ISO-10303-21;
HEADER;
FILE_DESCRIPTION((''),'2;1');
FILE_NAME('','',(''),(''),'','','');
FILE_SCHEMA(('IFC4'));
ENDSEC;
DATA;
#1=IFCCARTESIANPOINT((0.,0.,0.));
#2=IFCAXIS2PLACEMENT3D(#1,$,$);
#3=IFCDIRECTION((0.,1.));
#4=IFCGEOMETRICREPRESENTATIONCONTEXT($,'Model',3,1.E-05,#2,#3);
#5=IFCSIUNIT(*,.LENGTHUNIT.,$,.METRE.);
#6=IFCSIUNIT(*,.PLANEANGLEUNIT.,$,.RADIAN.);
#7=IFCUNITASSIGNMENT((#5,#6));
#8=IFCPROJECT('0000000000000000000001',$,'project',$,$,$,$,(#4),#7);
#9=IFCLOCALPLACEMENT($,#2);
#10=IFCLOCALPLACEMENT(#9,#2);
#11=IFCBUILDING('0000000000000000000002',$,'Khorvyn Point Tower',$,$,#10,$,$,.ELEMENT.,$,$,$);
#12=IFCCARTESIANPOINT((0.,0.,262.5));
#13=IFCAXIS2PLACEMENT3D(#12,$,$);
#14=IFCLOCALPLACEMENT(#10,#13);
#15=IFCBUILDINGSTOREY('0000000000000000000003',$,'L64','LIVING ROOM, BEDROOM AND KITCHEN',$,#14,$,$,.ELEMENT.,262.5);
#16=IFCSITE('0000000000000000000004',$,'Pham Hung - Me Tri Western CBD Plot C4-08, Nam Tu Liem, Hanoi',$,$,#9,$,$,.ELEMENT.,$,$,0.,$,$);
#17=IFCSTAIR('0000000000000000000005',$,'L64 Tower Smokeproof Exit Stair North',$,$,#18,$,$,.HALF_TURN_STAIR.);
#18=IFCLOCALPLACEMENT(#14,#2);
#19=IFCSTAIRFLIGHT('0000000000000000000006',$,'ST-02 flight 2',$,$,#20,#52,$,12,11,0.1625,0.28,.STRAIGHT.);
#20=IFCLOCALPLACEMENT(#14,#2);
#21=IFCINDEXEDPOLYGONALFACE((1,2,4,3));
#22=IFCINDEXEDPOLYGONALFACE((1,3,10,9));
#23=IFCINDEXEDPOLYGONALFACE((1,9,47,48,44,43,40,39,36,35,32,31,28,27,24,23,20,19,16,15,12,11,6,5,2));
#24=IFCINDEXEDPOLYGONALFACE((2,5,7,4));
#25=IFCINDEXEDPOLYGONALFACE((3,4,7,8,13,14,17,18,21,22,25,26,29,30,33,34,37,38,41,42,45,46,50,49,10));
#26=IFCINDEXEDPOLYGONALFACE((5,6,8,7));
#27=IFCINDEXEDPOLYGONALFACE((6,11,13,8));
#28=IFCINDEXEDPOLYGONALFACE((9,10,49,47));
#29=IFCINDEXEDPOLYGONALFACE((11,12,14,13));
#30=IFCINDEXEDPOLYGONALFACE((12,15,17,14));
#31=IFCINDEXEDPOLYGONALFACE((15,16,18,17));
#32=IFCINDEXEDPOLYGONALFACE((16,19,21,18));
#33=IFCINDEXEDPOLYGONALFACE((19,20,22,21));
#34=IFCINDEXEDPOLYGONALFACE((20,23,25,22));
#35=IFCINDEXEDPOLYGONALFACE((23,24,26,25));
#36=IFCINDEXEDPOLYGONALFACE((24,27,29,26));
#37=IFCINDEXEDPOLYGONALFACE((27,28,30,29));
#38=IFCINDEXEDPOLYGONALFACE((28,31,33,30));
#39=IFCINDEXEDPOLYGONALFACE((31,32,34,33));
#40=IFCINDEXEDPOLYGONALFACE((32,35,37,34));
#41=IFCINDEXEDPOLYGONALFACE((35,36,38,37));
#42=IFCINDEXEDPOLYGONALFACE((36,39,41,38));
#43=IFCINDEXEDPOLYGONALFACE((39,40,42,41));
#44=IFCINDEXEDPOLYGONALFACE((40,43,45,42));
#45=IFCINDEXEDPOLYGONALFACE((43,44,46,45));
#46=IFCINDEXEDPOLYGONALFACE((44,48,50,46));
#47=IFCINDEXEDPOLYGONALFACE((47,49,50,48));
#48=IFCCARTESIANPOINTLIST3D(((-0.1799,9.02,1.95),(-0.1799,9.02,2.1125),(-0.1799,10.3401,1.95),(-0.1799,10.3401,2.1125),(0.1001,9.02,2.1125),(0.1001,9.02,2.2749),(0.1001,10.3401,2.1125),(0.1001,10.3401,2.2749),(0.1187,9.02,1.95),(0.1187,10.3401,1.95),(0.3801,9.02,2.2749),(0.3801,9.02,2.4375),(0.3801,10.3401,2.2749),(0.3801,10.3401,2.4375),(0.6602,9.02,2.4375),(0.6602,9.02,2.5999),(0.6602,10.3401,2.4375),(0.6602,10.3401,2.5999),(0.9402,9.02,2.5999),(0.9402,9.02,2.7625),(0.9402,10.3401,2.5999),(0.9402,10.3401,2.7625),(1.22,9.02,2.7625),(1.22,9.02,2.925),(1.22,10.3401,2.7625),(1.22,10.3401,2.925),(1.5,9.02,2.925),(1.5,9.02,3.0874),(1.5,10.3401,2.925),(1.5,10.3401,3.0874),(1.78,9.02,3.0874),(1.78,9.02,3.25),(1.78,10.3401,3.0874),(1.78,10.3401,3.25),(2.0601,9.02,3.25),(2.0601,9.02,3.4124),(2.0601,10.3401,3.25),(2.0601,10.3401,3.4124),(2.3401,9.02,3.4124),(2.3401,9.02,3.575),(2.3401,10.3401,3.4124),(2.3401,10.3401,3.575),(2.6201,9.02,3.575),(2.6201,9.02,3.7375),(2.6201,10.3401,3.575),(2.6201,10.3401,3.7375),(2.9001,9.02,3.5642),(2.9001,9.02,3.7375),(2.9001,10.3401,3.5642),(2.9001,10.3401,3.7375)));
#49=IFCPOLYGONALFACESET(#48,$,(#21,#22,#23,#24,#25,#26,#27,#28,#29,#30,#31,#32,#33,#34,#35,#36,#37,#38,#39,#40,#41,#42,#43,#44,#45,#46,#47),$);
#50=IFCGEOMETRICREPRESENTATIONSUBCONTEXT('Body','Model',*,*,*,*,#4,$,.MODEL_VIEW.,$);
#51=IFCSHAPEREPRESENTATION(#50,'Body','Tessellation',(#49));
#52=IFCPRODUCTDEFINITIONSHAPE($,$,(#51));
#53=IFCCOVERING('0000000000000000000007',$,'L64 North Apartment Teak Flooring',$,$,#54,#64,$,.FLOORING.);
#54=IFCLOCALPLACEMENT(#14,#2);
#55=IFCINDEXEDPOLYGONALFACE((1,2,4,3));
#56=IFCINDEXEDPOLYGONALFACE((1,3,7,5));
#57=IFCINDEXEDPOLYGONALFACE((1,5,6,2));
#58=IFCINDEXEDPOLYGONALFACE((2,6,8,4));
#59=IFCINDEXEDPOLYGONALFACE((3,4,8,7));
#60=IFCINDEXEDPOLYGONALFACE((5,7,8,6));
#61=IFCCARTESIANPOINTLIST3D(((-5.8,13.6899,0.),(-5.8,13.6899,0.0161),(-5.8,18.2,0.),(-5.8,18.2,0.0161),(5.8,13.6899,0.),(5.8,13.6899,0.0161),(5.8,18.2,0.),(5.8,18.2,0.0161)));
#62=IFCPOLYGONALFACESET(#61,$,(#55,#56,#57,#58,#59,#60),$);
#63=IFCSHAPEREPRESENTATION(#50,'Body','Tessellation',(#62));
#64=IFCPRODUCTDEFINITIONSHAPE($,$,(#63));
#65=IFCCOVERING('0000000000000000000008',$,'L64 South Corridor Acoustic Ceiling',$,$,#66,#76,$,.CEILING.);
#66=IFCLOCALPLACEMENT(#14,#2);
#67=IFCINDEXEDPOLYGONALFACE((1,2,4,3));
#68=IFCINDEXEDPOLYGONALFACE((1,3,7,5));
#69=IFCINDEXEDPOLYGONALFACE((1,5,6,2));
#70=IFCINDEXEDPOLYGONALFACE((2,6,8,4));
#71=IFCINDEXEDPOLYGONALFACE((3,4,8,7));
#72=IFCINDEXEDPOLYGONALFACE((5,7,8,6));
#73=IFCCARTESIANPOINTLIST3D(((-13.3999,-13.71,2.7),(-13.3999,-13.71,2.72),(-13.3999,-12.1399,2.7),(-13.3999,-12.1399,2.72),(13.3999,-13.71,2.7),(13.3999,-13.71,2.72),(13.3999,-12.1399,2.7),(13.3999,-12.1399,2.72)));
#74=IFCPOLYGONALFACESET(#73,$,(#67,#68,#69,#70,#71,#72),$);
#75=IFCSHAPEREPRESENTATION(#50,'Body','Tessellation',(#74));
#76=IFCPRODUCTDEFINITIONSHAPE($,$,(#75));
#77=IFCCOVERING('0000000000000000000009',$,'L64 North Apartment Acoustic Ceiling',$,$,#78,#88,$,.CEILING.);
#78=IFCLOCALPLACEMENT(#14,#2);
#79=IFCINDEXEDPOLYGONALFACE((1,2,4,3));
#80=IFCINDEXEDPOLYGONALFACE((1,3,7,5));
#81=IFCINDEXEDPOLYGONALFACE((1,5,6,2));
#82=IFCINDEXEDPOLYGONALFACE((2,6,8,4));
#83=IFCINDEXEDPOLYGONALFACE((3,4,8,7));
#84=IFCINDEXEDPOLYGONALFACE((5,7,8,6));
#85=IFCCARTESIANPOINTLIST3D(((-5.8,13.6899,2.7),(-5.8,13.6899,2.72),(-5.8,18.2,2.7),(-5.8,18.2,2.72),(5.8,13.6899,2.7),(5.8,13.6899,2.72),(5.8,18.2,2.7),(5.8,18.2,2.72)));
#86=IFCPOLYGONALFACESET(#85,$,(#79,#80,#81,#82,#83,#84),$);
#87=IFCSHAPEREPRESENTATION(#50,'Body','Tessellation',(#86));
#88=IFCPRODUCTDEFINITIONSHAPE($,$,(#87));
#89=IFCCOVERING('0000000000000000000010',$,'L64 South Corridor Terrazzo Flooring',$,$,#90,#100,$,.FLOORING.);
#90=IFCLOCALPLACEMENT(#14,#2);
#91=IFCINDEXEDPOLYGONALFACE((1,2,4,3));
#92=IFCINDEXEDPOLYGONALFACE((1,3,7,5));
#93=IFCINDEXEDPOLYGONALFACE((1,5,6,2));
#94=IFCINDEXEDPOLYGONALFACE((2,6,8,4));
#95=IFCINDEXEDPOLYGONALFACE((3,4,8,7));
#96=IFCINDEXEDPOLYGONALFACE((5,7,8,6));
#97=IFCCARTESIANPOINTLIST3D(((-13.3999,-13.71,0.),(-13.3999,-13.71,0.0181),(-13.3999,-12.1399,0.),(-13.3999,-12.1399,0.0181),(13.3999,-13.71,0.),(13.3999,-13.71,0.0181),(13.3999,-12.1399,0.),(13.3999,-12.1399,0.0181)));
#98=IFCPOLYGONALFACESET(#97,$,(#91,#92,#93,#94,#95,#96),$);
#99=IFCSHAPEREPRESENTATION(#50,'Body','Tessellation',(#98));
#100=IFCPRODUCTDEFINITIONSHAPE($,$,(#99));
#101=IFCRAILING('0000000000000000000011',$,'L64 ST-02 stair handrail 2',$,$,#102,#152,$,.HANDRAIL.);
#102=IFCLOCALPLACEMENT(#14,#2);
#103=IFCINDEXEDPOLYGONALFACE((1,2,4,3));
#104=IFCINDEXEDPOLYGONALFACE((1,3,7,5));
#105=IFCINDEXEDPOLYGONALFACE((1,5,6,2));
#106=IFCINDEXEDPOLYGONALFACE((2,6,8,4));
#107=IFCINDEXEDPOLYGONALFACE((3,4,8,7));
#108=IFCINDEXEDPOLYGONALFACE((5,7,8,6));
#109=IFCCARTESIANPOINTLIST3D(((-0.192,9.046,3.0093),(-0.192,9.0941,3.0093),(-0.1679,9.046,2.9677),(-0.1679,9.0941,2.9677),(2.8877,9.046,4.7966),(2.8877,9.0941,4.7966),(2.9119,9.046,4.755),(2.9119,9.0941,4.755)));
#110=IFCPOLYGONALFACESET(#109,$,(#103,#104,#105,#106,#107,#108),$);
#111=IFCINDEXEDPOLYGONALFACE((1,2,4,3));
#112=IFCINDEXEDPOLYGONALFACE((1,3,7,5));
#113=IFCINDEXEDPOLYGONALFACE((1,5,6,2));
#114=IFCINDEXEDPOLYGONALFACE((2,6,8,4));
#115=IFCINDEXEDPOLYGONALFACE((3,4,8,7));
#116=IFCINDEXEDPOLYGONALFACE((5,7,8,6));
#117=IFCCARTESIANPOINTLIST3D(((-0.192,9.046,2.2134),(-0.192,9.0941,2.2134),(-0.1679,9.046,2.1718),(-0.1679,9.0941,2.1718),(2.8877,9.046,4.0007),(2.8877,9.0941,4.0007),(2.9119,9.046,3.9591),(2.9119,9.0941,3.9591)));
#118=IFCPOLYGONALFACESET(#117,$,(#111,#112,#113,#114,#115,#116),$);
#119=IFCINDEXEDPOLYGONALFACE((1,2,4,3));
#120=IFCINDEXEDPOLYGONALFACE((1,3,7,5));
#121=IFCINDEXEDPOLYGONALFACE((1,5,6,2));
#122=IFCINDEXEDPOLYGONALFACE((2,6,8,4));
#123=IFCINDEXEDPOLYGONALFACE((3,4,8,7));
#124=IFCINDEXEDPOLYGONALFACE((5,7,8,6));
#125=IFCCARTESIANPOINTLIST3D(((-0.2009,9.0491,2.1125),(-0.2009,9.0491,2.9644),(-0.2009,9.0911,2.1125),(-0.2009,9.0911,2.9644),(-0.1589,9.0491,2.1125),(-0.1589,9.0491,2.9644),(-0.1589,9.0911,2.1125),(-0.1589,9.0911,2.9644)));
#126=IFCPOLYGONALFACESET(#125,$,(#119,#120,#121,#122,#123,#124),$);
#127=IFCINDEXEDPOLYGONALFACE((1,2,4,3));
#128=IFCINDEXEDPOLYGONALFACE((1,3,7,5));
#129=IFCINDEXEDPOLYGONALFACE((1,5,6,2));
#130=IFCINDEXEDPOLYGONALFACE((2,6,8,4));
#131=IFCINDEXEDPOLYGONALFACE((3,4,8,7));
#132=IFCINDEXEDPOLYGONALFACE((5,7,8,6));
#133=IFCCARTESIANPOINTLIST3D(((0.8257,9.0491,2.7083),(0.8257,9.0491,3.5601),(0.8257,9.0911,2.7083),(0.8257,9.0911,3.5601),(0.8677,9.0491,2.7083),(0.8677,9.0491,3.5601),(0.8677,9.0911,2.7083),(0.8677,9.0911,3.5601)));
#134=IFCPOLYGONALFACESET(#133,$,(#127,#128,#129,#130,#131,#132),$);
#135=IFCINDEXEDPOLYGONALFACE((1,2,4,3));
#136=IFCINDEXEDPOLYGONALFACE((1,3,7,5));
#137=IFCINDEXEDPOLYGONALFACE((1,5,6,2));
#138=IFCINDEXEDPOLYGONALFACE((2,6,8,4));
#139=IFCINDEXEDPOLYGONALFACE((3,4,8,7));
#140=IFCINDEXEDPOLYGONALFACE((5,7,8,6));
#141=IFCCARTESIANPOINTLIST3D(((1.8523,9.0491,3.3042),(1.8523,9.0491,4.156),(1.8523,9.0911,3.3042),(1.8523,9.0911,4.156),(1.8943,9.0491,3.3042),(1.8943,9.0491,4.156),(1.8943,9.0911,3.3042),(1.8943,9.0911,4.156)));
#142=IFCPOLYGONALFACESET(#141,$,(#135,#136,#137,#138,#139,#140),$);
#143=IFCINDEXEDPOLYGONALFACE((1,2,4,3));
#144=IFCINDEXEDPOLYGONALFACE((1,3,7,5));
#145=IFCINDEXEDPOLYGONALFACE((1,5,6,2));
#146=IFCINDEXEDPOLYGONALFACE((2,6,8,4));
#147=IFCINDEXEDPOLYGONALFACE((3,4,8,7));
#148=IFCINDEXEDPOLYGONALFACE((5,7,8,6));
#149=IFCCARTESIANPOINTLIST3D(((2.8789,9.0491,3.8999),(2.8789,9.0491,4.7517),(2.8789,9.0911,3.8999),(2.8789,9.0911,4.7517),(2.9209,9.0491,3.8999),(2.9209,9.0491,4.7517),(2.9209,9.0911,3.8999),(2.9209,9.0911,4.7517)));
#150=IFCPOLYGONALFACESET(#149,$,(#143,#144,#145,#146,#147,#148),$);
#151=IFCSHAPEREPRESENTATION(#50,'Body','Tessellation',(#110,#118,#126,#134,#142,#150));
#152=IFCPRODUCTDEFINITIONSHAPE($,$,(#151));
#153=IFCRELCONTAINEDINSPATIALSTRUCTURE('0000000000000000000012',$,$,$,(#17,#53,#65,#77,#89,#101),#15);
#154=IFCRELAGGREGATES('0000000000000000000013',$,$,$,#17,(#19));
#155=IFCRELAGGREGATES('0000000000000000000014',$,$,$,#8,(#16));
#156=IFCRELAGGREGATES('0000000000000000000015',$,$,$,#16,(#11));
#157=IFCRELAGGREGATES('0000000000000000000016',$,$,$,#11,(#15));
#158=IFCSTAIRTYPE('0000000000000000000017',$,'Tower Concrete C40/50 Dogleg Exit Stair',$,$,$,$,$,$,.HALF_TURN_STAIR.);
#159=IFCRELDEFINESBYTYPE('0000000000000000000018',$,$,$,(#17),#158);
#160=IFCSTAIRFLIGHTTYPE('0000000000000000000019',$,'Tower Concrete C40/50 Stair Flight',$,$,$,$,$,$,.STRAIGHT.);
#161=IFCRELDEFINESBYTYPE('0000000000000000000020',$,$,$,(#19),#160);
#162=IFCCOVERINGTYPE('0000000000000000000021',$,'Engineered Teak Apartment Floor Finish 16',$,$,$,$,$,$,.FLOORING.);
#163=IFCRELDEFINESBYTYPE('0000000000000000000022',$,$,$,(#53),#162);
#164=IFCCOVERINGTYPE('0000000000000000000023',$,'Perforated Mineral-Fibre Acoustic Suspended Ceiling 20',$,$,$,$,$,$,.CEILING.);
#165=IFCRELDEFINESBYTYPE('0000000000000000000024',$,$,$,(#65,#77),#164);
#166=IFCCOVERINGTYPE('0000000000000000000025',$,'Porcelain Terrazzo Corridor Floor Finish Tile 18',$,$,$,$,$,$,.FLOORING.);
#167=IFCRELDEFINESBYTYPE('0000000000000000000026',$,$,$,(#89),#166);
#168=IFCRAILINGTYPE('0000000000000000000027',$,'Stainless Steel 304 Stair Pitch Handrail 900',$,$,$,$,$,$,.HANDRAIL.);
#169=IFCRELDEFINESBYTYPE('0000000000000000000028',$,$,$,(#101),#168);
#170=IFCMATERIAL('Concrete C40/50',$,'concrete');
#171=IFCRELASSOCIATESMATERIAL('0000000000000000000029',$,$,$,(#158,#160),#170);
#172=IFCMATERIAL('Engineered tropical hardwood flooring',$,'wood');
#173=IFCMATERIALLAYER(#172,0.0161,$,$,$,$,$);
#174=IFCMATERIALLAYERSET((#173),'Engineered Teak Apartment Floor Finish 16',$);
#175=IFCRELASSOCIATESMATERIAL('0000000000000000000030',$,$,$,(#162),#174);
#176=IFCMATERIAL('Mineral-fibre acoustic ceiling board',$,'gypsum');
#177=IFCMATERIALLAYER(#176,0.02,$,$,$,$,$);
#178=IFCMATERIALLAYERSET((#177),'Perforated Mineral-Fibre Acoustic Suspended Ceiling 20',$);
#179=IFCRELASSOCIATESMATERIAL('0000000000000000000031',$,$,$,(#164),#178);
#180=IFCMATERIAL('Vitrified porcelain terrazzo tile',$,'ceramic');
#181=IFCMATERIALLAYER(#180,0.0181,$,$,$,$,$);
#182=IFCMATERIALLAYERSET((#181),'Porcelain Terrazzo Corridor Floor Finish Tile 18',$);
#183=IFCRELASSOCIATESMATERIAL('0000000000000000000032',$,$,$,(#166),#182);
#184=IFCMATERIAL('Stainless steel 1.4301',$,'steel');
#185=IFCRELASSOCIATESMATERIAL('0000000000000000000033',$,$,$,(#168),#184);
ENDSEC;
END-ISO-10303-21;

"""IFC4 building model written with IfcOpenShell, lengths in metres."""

from ifc_helpers import new_model, si_unit, direction, frame, origin, origin_2d, place, context, subcontext, project, spatial, polyline, rectangle, outline, extrude, material, layer, layer_set, type_object, element, aggregate, save


model = new_model("IFC4")

# Units and contexts
model_context = context("Model", 3, precision=1e-05, world=origin(), true_north=direction((0.0, 1.0)))
body_context = subcontext(model_context, "Body", "Model", "MODEL_VIEW")
ifc_project = project(units=[si_unit("LENGTHUNIT", "METRE"), si_unit("PLANEANGLEUNIT", "RADIAN")], contexts=[model_context])

# Site, building, storey
site_placement = place(None, origin())
site = spatial("IfcSite", under=ifc_project, at=site_placement, Name="Pham Hung - Me Tri Western CBD Plot C4-08, Nam Tu Liem, Hanoi", CompositionType="ELEMENT", RefElevation=0.0)
building_placement = place(site_placement, origin())
building = spatial("IfcBuilding", under=site, at=building_placement, Name="Khorvyn Point Tower", CompositionType="ELEMENT")
storey_placement = place(building_placement, frame((0.0, 0.0, 262.5)))
storey = spatial("IfcBuildingStorey", under=building, at=storey_placement, Name="L64", Description="LIVING ROOM, BEDROOM AND KITCHEN", CompositionType="ELEMENT", Elevation=262.5)

# Shared definitions
ifc_material_1 = material(Name="Concrete C40/50", Category="concrete")

# Stair
stair_type = type_object("IfcStairType", Name="Tower Concrete C40/50 Dogleg Exit Stair", PredefinedType="HALF_TURN_STAIR", material=ifc_material_1)
stair_1_placement = place(storey_placement, origin())
stair_1 = element("IfcStair", 1, at=stair_1_placement, inside=storey, type_object=stair_type, Name="L64 Tower Smokeproof Exit Stair North", PredefinedType="HALF_TURN_STAIR")

# Shared definitions
ifc_material_2 = material(Name="Stainless steel 1.4301", Category="steel")

# Stair flight
stair_flight_type = type_object("IfcStairFlightType", Name="Tower Concrete C40/50 Stair Flight", PredefinedType="STRAIGHT", material=ifc_material_1)
stair_flight_placement = place(storey_placement, frame((-0.1799, 9.6799, 1.95), z_axis=(0.0, 0.0, 1.0), x_axis=(1.0, 0.0, 0.0)))
stair_flight = element("IfcStairFlight", 2, at=stair_flight_placement, type_object=stair_flight_type, Name="ST-02 flight 2", NumberOfRisers=12, NumberOfTreads=11, PredefinedType="STRAIGHT", RiserHeight=0.1625, TreadLength=0.28, context=body_context, shape_type="SweptSolid", body=[
    extrude(outline(polyline([(0.0, 0.0), (0.0, 0.1626), (0.28, 0.1626), (0.28, 0.325), (0.5601, 0.325), (0.5601, 0.4875), (0.8401, 0.4875), (0.8401, 0.6499), (1.1201, 0.6499), (1.1201, 0.8125), (1.3999, 0.8125), (1.3999, 0.9751), (1.6799, 0.9751), (1.6799, 1.1375), (1.96, 1.1375), (1.96, 1.3), (2.24, 1.3), (2.24, 1.4624), (2.52, 1.4624), (2.52, 1.625), (2.8, 1.625), (2.8, 1.7876), (3.0801, 1.7876), (3.0801, 1.95), (3.0801, 1.6143), (0.2986, 0.0), (0.0, 0.0)])), frame((0.0, 0.6602, 0.0), z_axis=(0.0, -1.0, 0.0), x_axis=(1.0, 0.0, 0.0)), (0.0, 0.0, 1.0), 1.3201),
])
aggregate(stair_1, [stair_flight])

# Coverings
ifc_material_3 = material(Name="Engineered tropical hardwood flooring", Category="wood")
ifc_layer_1 = layer(ifc_material_3, 0.0161)
ifc_layer_set_1 = layer_set([ifc_layer_1], Name="Engineered Teak Apartment Floor Finish 16")
covering_type_1 = type_object("IfcCoveringType", Name="Engineered Teak Apartment Floor Finish 16", PredefinedType="FLOORING", material=ifc_layer_set_1)
covering_1_placement = place(storey_placement, origin())
element("IfcCovering", 3, at=covering_1_placement, inside=storey, type_object=covering_type_1, Name="L64 North Apartment Teak Flooring", PredefinedType="FLOORING", context=body_context, shape_type="SweptSolid", body=[
    extrude(outline(polyline([(-5.8, 13.6899), (5.8, 13.6899), (5.8, 18.2), (-5.8, 18.2), (-5.8, 13.6899)])), origin(), (0.0, 0.0, 1.0), 0.0161),
])
ifc_material_4 = material(Name="Mineral-fibre acoustic ceiling board", Category="gypsum")
ifc_layer_2 = layer(ifc_material_4, 0.02)
ifc_layer_set_2 = layer_set([ifc_layer_2], Name="Perforated Mineral-Fibre Acoustic Suspended Ceiling 20")
covering_type_2 = type_object("IfcCoveringType", Name="Perforated Mineral-Fibre Acoustic Suspended Ceiling 20", PredefinedType="CEILING", material=ifc_layer_set_2)
covering_2_placement = place(storey_placement, frame((0.0, 0.0, 2.7)))
element("IfcCovering", 4, at=covering_2_placement, inside=storey, type_object=covering_type_2, Name="L64 South Corridor Acoustic Ceiling", PredefinedType="CEILING", context=body_context, shape_type="SweptSolid", body=[
    extrude(outline(polyline([(-13.3999, -13.71), (13.3999, -13.71), (13.3999, -12.1399), (-13.3999, -12.1399), (-13.3999, -13.71)])), origin(), (0.0, 0.0, 1.0), 0.02),
])
covering_3_placement = place(storey_placement, frame((0.0, 0.0, 2.7)))
element("IfcCovering", 5, at=covering_3_placement, inside=storey, type_object=covering_type_2, Name="L64 North Apartment Acoustic Ceiling", PredefinedType="CEILING", context=body_context, shape_type="SweptSolid", body=[
    extrude(outline(polyline([(-5.8, 13.6899), (5.8, 13.6899), (5.8, 18.2), (-5.8, 18.2), (-5.8, 13.6899)])), origin(), (0.0, 0.0, 1.0), 0.02),
])
ifc_material_5 = material(Name="Vitrified porcelain terrazzo tile", Category="ceramic")
ifc_layer_3 = layer(ifc_material_5, 0.0181)
ifc_layer_set_3 = layer_set([ifc_layer_3], Name="Porcelain Terrazzo Corridor Floor Finish Tile 18")
covering_type_3 = type_object("IfcCoveringType", Name="Porcelain Terrazzo Corridor Floor Finish Tile 18", PredefinedType="FLOORING", material=ifc_layer_set_3)
covering_4_placement = place(storey_placement, origin())
element("IfcCovering", 6, at=covering_4_placement, inside=storey, type_object=covering_type_3, Name="L64 South Corridor Terrazzo Flooring", PredefinedType="FLOORING", context=body_context, shape_type="SweptSolid", body=[
    extrude(outline(polyline([(-13.3999, -13.71), (13.3999, -13.71), (13.3999, -12.1399), (-13.3999, -12.1399), (-13.3999, -13.71)])), origin(), (0.0, 0.0, 1.0), 0.0181),
])

# Railing
railing_type = type_object("IfcRailingType", Name="Stainless Steel 304 Stair Pitch Handrail 900", PredefinedType="HANDRAIL", material=ifc_material_2)
railing_placement = place(storey_placement, frame((-0.1799, 9.0701, 2.1125)))
element("IfcRailing", 7, at=railing_placement, inside=storey, type_object=railing_type, Name="L64 ST-02 stair handrail 2", PredefinedType="HANDRAIL", context=body_context, shape_type="SweptSolid", body=[
    extrude(rectangle(XDim=0.0481, YDim=0.0481, at=origin_2d()), frame((0.0, 0.0, 0.876), z_axis=(0.864903, 0.0, 0.501939), x_axis=(0.0, 1.0, 0.0)), (0.0, 0.0, 1.0), 3.5608),
    extrude(rectangle(XDim=0.0481, YDim=0.0481, at=origin_2d()), frame((0.0, 0.0, 0.0801), z_axis=(0.864903, 0.0, 0.501939), x_axis=(0.0, 1.0, 0.0)), (0.0, 0.0, 1.0), 3.5608),
    extrude(rectangle(XDim=0.042, YDim=0.042, at=origin_2d()), origin(), (0.0, 0.0, 1.0), 0.8518),
    extrude(rectangle(XDim=0.042, YDim=0.042, at=origin_2d()), frame((1.0266, 0.0, 0.5957)), (0.0, 0.0, 1.0), 0.8518),
    extrude(rectangle(XDim=0.042, YDim=0.042, at=origin_2d()), frame((2.0532, 0.0, 1.1917)), (0.0, 0.0, 1.0), 0.8518),
    extrude(rectangle(XDim=0.042, YDim=0.042, at=origin_2d()), frame((3.0798, 0.0, 1.7874)), (0.0, 0.0, 1.0), 0.8518),
])

save(model, "model.ifc")
